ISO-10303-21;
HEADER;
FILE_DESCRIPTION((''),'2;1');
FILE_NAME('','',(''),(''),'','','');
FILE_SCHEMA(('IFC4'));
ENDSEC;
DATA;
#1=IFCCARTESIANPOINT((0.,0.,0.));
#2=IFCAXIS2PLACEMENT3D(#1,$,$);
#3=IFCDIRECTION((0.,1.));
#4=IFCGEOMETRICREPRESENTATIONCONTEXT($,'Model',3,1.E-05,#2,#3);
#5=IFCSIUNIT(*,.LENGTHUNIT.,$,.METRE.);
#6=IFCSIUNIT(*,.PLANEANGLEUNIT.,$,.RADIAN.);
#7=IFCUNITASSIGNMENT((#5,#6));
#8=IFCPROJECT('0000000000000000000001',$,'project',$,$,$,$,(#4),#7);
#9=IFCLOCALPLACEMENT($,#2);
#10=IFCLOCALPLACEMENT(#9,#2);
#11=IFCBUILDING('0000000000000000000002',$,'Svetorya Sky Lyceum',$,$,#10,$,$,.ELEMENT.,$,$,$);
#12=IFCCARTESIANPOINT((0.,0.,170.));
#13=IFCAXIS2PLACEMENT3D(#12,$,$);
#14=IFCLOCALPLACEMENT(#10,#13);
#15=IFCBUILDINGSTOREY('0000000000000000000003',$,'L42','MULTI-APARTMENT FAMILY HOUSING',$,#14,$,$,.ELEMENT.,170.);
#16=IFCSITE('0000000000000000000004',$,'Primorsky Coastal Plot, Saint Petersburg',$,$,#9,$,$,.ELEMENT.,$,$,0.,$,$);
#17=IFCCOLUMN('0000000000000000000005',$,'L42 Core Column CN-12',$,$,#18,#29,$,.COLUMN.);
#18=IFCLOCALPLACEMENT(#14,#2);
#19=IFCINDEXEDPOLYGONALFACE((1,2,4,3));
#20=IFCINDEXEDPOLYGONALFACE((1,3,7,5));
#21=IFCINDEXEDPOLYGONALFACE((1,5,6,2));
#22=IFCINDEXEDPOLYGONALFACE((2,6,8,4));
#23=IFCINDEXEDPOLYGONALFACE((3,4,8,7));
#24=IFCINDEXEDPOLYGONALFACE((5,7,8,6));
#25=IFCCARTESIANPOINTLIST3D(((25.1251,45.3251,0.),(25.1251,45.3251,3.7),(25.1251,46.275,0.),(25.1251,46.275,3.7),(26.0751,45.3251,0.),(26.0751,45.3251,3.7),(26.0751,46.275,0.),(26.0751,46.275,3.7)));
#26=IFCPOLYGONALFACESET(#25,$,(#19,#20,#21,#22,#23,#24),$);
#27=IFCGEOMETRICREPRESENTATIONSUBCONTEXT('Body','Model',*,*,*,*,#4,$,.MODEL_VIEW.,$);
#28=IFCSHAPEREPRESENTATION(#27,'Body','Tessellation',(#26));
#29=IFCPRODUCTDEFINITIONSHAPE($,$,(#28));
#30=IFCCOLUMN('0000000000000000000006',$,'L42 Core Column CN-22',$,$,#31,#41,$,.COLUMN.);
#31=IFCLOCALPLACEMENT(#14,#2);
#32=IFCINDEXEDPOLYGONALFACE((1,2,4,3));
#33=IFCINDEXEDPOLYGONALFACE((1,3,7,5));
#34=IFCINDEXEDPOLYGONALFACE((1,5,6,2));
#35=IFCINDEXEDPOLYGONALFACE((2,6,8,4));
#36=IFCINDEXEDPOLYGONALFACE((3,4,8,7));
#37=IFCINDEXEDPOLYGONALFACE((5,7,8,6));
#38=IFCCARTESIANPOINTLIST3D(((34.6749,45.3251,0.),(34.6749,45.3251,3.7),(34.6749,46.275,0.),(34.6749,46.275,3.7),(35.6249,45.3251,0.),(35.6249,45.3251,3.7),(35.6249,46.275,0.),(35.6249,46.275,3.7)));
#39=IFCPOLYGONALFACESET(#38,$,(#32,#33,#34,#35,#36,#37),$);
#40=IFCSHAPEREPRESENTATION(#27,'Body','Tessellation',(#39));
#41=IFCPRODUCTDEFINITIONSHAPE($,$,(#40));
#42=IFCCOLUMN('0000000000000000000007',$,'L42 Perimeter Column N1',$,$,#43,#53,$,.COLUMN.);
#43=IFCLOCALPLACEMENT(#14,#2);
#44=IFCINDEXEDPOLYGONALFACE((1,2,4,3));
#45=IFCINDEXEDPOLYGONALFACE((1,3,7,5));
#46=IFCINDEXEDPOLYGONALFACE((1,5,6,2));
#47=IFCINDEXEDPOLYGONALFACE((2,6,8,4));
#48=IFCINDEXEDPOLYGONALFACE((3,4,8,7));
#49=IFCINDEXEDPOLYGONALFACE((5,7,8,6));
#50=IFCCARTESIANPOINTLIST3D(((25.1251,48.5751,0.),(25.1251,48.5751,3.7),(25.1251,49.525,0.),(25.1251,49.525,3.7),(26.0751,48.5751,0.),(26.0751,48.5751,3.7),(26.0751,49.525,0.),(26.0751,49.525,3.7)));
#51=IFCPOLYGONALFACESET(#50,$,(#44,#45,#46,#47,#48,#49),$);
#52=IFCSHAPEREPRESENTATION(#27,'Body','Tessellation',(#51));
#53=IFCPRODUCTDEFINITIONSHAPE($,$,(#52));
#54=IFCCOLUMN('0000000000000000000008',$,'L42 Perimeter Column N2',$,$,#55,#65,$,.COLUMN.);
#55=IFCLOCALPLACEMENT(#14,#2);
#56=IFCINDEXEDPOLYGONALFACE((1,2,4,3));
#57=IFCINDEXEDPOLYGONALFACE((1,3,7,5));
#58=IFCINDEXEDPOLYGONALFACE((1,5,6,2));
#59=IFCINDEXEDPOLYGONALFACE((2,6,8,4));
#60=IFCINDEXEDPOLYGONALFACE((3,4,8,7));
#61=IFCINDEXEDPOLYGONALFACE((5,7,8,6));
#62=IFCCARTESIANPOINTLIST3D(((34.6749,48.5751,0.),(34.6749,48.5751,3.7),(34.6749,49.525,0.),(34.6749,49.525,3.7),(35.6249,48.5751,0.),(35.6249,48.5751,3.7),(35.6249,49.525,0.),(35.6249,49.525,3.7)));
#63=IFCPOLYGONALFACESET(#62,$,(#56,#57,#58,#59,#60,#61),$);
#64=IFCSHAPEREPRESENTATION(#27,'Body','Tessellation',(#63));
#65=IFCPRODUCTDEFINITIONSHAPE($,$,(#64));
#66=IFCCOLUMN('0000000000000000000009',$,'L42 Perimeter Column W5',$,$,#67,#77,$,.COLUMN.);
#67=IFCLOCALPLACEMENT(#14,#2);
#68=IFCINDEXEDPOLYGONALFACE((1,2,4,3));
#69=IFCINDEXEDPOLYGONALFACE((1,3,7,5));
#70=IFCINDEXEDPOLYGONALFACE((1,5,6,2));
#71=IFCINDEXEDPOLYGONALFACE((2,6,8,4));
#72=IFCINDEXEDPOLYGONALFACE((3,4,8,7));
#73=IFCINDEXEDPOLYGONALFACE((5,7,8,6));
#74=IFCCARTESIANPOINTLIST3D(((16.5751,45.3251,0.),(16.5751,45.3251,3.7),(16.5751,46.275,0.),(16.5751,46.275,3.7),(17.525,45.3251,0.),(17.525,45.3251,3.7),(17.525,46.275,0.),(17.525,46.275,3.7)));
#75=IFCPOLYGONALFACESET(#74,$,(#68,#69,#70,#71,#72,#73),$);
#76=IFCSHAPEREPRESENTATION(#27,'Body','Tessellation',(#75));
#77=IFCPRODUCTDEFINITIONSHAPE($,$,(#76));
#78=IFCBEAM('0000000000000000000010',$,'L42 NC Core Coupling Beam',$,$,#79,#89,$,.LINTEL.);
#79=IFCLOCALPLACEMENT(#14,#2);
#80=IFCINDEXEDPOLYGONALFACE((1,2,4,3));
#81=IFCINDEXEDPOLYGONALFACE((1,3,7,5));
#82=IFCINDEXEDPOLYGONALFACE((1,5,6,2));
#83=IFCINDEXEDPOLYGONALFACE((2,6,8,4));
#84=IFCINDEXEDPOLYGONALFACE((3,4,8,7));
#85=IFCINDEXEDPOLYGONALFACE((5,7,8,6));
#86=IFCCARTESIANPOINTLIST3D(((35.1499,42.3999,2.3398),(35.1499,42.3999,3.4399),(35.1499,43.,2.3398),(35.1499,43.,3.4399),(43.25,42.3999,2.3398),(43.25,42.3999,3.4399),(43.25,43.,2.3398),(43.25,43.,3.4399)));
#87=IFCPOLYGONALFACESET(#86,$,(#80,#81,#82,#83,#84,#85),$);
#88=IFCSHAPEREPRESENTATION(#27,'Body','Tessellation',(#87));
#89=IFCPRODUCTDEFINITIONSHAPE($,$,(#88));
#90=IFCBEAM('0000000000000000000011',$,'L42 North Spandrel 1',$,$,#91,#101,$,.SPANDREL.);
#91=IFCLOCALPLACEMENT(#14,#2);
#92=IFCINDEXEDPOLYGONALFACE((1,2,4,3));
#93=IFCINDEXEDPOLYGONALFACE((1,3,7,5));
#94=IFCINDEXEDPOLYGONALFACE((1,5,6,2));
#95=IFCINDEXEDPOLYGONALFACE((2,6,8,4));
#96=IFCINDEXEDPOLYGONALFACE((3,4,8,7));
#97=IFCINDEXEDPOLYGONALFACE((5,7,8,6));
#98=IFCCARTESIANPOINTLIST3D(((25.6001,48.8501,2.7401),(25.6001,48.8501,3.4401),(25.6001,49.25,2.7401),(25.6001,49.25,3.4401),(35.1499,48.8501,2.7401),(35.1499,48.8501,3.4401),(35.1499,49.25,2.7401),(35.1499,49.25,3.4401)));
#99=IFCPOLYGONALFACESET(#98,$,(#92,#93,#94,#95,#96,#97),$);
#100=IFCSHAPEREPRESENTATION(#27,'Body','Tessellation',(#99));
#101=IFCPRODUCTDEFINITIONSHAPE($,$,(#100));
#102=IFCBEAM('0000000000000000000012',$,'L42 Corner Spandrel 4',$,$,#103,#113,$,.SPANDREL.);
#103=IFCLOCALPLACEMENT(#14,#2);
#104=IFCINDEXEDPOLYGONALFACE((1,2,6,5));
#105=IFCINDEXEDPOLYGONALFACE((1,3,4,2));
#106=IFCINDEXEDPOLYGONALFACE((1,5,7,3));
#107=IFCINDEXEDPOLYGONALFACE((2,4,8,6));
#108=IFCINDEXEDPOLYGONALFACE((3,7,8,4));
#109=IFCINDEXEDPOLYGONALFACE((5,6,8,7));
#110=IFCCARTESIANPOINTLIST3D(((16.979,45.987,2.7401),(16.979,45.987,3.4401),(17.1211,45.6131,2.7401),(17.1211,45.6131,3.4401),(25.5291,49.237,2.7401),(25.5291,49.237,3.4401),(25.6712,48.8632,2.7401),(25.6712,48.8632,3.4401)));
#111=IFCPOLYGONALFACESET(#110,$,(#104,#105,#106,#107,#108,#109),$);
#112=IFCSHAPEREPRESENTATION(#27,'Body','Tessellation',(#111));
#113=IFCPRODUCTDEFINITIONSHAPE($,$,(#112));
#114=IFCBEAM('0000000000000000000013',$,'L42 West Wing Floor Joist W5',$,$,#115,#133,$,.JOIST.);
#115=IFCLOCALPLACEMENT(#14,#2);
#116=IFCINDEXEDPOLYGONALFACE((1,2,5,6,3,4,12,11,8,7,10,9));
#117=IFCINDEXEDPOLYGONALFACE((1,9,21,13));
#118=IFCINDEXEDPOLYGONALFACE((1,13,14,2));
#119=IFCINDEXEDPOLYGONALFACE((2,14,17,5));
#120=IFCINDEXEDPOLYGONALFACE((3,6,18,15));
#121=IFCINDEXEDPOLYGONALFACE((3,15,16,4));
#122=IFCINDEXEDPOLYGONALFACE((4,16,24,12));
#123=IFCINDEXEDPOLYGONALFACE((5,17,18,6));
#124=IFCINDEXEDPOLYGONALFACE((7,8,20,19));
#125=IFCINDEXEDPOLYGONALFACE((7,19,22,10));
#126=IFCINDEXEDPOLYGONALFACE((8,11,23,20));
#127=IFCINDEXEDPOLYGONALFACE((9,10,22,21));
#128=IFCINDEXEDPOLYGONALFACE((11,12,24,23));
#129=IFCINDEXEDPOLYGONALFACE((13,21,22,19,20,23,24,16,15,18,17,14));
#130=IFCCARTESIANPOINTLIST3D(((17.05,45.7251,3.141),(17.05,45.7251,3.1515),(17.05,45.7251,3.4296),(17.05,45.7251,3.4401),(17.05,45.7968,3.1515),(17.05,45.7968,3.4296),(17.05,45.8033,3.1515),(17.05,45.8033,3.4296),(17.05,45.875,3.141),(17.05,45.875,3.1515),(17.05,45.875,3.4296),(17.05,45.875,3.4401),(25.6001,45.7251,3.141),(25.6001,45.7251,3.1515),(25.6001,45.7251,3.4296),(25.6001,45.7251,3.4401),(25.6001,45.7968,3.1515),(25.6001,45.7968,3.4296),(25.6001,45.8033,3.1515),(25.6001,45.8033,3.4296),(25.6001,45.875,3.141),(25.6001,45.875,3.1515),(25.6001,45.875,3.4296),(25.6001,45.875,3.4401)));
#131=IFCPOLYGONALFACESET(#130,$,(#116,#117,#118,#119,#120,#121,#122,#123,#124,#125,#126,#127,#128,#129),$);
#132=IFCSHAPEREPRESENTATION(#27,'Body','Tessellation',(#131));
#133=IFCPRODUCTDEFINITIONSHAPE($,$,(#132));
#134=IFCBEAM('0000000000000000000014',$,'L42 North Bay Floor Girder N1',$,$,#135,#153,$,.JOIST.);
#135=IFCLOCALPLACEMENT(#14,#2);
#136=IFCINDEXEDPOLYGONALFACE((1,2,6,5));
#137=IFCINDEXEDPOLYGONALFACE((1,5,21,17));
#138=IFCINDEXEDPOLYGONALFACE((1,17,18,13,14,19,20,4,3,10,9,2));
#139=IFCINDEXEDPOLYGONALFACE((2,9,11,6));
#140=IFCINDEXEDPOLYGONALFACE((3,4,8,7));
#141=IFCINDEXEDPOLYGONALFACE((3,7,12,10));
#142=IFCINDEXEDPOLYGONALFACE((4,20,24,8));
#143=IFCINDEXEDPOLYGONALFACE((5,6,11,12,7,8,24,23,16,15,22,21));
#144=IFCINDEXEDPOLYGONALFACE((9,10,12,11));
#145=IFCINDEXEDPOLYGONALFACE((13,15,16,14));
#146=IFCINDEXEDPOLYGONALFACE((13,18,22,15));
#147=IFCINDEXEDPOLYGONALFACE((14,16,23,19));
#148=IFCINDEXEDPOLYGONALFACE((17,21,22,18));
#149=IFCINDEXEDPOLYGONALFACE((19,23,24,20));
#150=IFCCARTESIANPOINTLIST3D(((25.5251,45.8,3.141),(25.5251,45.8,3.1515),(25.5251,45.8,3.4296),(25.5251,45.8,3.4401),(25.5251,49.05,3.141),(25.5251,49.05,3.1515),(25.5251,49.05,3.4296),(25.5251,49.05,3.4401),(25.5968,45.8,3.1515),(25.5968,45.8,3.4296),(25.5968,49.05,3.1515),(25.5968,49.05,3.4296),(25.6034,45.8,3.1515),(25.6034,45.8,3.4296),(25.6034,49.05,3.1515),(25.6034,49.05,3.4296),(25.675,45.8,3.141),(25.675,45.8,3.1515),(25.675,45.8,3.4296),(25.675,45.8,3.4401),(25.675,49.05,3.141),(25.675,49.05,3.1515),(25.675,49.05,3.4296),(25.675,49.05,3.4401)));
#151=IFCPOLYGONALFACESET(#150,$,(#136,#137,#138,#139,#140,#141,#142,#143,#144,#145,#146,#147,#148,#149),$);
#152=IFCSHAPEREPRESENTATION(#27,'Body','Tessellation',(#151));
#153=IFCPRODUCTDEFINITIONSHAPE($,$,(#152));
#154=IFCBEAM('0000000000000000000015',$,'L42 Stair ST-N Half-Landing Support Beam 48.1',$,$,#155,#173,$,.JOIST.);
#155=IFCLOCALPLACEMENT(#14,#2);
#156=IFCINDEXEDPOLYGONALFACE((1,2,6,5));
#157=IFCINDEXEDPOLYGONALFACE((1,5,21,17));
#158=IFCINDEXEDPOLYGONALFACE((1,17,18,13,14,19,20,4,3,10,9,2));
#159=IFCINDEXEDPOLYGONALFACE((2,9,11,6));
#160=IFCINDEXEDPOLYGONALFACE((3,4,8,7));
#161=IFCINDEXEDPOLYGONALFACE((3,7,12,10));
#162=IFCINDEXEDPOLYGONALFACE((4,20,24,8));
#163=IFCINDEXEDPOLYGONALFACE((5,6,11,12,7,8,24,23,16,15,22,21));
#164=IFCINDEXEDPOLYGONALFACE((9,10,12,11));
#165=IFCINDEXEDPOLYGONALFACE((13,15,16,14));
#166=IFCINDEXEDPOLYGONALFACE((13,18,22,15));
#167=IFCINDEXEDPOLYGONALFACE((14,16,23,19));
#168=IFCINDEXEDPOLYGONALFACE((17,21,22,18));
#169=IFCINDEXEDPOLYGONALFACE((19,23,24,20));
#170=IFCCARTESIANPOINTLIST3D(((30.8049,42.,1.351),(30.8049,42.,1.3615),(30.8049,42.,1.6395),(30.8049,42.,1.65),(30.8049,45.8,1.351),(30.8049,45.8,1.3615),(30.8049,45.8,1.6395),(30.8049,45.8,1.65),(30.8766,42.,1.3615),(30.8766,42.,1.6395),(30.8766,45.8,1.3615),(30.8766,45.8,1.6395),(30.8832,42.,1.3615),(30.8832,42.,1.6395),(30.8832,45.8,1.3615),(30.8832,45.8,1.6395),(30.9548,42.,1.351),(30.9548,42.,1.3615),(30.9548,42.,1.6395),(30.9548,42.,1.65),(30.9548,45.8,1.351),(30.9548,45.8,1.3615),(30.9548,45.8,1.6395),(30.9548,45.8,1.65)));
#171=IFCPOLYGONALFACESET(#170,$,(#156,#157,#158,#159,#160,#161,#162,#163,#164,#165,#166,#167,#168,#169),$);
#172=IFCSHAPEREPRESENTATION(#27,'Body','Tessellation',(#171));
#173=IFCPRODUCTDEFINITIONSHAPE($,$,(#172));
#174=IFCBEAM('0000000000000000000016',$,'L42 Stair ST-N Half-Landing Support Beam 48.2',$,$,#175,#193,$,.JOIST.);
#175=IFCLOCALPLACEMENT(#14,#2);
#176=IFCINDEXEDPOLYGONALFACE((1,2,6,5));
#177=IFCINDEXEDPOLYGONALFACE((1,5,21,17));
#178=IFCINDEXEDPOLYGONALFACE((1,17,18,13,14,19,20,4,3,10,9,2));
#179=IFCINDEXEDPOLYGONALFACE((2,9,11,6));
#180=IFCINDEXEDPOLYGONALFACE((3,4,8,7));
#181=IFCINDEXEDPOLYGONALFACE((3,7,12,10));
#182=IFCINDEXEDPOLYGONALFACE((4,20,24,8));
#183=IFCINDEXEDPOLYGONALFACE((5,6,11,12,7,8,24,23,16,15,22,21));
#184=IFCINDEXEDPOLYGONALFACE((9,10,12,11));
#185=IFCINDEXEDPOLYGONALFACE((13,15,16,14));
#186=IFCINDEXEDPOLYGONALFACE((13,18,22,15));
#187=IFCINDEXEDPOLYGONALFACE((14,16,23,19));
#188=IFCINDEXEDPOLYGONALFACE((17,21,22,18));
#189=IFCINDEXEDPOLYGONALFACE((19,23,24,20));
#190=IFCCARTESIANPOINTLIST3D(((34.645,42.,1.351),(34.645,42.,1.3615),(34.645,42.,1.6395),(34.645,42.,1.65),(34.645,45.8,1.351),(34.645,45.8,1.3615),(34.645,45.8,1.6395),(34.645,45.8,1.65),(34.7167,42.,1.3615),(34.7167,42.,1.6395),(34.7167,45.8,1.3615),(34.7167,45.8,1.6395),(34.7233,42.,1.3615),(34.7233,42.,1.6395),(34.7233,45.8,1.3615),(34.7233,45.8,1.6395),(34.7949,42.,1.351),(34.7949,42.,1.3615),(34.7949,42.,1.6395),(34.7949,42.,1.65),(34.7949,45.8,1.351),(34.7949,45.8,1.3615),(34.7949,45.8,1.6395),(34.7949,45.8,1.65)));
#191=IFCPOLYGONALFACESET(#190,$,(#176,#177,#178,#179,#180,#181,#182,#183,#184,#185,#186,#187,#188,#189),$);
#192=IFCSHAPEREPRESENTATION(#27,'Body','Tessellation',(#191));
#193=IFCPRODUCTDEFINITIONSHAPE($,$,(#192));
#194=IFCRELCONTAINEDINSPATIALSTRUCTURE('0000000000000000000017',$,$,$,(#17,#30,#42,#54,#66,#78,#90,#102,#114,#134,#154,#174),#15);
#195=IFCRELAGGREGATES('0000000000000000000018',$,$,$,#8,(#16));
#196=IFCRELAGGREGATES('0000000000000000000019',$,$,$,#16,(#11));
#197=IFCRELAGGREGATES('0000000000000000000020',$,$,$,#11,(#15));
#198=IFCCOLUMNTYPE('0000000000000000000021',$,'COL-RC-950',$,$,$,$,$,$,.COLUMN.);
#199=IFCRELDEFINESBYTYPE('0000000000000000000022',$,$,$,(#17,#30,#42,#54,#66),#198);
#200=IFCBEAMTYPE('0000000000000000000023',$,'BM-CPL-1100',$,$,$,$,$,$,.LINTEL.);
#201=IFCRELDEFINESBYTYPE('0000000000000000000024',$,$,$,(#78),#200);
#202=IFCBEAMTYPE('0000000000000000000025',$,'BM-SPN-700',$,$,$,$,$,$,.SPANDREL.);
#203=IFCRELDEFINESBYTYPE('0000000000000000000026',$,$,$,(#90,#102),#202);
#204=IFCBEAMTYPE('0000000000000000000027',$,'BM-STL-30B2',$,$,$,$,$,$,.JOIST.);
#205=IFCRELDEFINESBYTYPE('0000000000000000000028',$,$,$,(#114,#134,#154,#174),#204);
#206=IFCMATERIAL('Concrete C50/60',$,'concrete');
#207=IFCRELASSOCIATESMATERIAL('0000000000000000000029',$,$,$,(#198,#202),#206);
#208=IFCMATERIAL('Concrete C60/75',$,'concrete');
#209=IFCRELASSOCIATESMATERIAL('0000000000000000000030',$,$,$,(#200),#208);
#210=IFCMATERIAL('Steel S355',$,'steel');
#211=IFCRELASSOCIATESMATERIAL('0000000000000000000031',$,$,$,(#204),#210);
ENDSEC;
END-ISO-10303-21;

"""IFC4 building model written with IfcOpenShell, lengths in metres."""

from ifc_helpers import new_model, si_unit, direction, frame, origin, origin_2d, place, context, subcontext, project, spatial, rectangle, i_section, extrude, material, material_profile, profile_set, type_object, element, save


model = new_model("IFC4")

# Units and contexts
model_context = context("Model", 3, precision=1e-05, world=origin(), true_north=direction((0.0, 1.0)))
body_context = subcontext(model_context, "Body", "Model", "MODEL_VIEW")
ifc_project = project(units=[si_unit("LENGTHUNIT", "METRE"), si_unit("PLANEANGLEUNIT", "RADIAN")], contexts=[model_context])

# Site, building, storey
site_placement = place(None, origin())
site = spatial("IfcSite", under=ifc_project, at=site_placement, Name="Primorsky Coastal Plot, Saint Petersburg", CompositionType="ELEMENT", RefElevation=0.0)
building_placement = place(site_placement, origin())
building = spatial("IfcBuilding", under=site, at=building_placement, Name="Svetorya Sky Lyceum", CompositionType="ELEMENT")
storey_placement = place(building_placement, frame((0.0, 0.0, 170.0)))
storey = spatial("IfcBuildingStorey", under=building, at=storey_placement, Name="L42", Description="MULTI-APARTMENT FAMILY HOUSING", CompositionType="ELEMENT", Elevation=170.0)

# Columns
ifc_material_1 = material(Name="Concrete C50/60", Category="concrete")
ifc_material_profile_1 = material_profile(ifc_material_1, rectangle(XDim=0.95, YDim=0.95, at=origin_2d()), Name="RC COL 950x950")
ifc_profile_set_1 = profile_set([ifc_material_profile_1], Name="Concrete C50/60")
column_type = type_object("IfcColumnType", Name="COL-RC-950", PredefinedType="COLUMN", material=ifc_profile_set_1)
for number, where, z_axis, x_axis, name in (
    (1, (25.6001, 45.8, 0.0), (0.0, 0.0, 1.0), (1.0, 0.0, 0.0), "L42 Core Column CN-12"),
    (2, (35.1499, 45.8, 0.0), (0.0, 0.0, 1.0), (1.0, 0.0, 0.0), "L42 Core Column CN-22"),
    (3, (25.6001, 49.05, 0.0), (0.0, 0.0, 1.0), (1.0, 0.0, 0.0), "L42 Perimeter Column N1"),
    (4, (35.1499, 49.05, 0.0), (0.0, 0.0, 1.0), (1.0, 0.0, 0.0), "L42 Perimeter Column N2"),
    (5, (17.05, 45.8, 0.0), (0.0, 0.0, 1.0), (1.0, 0.0, 0.0), "L42 Perimeter Column W5"),
):
    element("IfcColumn", number, at=place(storey_placement, frame(where, z_axis=z_axis, x_axis=x_axis)), inside=storey, type_object=column_type, Name=name, PredefinedType="COLUMN", context=body_context, shape_type="SweptSolid", body=[
        extrude(rectangle(XDim=0.95, YDim=0.95, at=origin_2d()), origin(), (0.0, 0.0, 1.0), 3.7),
    ])

# Beams
ifc_material_2 = material(Name="Concrete C60/75", Category="concrete")
ifc_material_profile_2 = material_profile(ifc_material_2, rectangle(XDim=0.6001, YDim=1.1001, at=origin_2d()), Name="RC COUPLING 600x1100")
ifc_profile_set_2 = profile_set([ifc_material_profile_2], Name="Concrete C60/75")
beam_type_1 = type_object("IfcBeamType", Name="BM-CPL-1100", PredefinedType="LINTEL", material=ifc_profile_set_2)
beam_1_placement = place(storey_placement, frame((35.1499, 42.7, 2.8899), z_axis=(1.0, 0.0, 0.0), x_axis=(0.0, 1.0, 0.0)))
element("IfcBeam", 6, at=beam_1_placement, inside=storey, type_object=beam_type_1, Name="L42 NC Core Coupling Beam", PredefinedType="LINTEL", context=body_context, shape_type="SweptSolid", body=[
    extrude(rectangle(XDim=0.6001, YDim=1.1001, at=origin_2d()), origin(), (0.0, 0.0, 1.0), 8.1001),
])
ifc_material_profile_3 = material_profile(ifc_material_1, rectangle(XDim=0.3999, YDim=0.7, at=origin_2d()), Name="RC SPANDREL 400x700")
ifc_profile_set_3 = profile_set([ifc_material_profile_3], Name="Concrete C50/60")
beam_type_2 = type_object("IfcBeamType", Name="BM-SPN-700", PredefinedType="SPANDREL", material=ifc_profile_set_3)
beam_2_placement = place(storey_placement, frame((25.6001, 49.05, 3.0901), z_axis=(1.0, 0.0, 0.0), x_axis=(0.0, 1.0, 0.0)))
element("IfcBeam", 7, at=beam_2_placement, inside=storey, type_object=beam_type_2, Name="L42 North Spandrel 1", PredefinedType="SPANDREL", context=body_context, shape_type="SweptSolid", body=[
    extrude(rectangle(XDim=0.3999, YDim=0.7, at=origin_2d()), origin(), (0.0, 0.0, 1.0), 9.5498),
])
beam_3_placement = place(storey_placement, frame((17.05, 45.8, 3.0901), z_axis=(0.934748, 0.355312, 0.0), x_axis=(-0.355312, 0.934748, 0.0)))
element("IfcBeam", 8, at=beam_3_placement, inside=storey, type_object=beam_type_2, Name="L42 Corner Spandrel 4", PredefinedType="SPANDREL", context=body_context, shape_type="SweptSolid", body=[
    extrude(rectangle(XDim=0.3999, YDim=0.7, at=origin_2d()), origin(), (0.0, 0.0, 1.0), 9.147),
])
ifc_material_3 = material(Name="Steel S355", Category="steel")
ifc_material_profile_4 = material_profile(ifc_material_3, i_section(OverallWidth=0.1499, OverallDepth=0.2991, WebThickness=0.0066, FlangeThickness=0.0105, at=origin_2d()), Name="GOST 30B2")
ifc_profile_set_4 = profile_set([ifc_material_profile_4], Name="Steel S355")
beam_type_3 = type_object("IfcBeamType", Name="BM-STL-30B2", PredefinedType="JOIST", material=ifc_profile_set_4)
beam_4_placement = place(storey_placement, frame((17.05, 45.8, 3.2905), z_axis=(1.0, 0.0, 0.0), x_axis=(0.0, 1.0, 0.0)))
element("IfcBeam", 9, at=beam_4_placement, inside=storey, type_object=beam_type_3, Name="L42 West Wing Floor Joist W5", PredefinedType="JOIST", context=body_context, shape_type="SweptSolid", body=[
    extrude(i_section(OverallWidth=0.1499, OverallDepth=0.2991, WebThickness=0.0066, FlangeThickness=0.0105, at=origin_2d()), origin(), (0.0, 0.0, 1.0), 8.55),
])
beam_5_placement = place(storey_placement, frame((25.6001, 45.8, 3.2905), z_axis=(0.0, 1.0, 0.0), x_axis=(-1.0, 0.0, 0.0)))
element("IfcBeam", 10, at=beam_5_placement, inside=storey, type_object=beam_type_3, Name="L42 North Bay Floor Girder N1", PredefinedType="JOIST", context=body_context, shape_type="SweptSolid", body=[
    extrude(i_section(OverallWidth=0.1499, OverallDepth=0.2991, WebThickness=0.0066, FlangeThickness=0.0105, at=origin_2d()), origin(), (0.0, 0.0, 1.0), 3.25),
])
for number, where, z_axis, x_axis, name in (
    (11, (30.8799, 42.0, 1.5005), (0.0, 1.0, 0.0), (-1.0, 0.0, 0.0), "L42 Stair ST-N Half-Landing Support Beam 48.1"),
    (12, (34.72, 42.0, 1.5005), (0.0, 1.0, 0.0), (-1.0, 0.0, 0.0), "L42 Stair ST-N Half-Landing Support Beam 48.2"),
):
    element("IfcBeam", number, at=place(storey_placement, frame(where, z_axis=z_axis, x_axis=x_axis)), inside=storey, type_object=beam_type_3, Name=name, PredefinedType="JOIST", context=body_context, shape_type="SweptSolid", body=[
        extrude(i_section(OverallWidth=0.1499, OverallDepth=0.2991, WebThickness=0.0066, FlangeThickness=0.0105, at=origin_2d()), origin(), (0.0, 0.0, 1.0), 3.8),
    ])

save(model, "model.ifc")
